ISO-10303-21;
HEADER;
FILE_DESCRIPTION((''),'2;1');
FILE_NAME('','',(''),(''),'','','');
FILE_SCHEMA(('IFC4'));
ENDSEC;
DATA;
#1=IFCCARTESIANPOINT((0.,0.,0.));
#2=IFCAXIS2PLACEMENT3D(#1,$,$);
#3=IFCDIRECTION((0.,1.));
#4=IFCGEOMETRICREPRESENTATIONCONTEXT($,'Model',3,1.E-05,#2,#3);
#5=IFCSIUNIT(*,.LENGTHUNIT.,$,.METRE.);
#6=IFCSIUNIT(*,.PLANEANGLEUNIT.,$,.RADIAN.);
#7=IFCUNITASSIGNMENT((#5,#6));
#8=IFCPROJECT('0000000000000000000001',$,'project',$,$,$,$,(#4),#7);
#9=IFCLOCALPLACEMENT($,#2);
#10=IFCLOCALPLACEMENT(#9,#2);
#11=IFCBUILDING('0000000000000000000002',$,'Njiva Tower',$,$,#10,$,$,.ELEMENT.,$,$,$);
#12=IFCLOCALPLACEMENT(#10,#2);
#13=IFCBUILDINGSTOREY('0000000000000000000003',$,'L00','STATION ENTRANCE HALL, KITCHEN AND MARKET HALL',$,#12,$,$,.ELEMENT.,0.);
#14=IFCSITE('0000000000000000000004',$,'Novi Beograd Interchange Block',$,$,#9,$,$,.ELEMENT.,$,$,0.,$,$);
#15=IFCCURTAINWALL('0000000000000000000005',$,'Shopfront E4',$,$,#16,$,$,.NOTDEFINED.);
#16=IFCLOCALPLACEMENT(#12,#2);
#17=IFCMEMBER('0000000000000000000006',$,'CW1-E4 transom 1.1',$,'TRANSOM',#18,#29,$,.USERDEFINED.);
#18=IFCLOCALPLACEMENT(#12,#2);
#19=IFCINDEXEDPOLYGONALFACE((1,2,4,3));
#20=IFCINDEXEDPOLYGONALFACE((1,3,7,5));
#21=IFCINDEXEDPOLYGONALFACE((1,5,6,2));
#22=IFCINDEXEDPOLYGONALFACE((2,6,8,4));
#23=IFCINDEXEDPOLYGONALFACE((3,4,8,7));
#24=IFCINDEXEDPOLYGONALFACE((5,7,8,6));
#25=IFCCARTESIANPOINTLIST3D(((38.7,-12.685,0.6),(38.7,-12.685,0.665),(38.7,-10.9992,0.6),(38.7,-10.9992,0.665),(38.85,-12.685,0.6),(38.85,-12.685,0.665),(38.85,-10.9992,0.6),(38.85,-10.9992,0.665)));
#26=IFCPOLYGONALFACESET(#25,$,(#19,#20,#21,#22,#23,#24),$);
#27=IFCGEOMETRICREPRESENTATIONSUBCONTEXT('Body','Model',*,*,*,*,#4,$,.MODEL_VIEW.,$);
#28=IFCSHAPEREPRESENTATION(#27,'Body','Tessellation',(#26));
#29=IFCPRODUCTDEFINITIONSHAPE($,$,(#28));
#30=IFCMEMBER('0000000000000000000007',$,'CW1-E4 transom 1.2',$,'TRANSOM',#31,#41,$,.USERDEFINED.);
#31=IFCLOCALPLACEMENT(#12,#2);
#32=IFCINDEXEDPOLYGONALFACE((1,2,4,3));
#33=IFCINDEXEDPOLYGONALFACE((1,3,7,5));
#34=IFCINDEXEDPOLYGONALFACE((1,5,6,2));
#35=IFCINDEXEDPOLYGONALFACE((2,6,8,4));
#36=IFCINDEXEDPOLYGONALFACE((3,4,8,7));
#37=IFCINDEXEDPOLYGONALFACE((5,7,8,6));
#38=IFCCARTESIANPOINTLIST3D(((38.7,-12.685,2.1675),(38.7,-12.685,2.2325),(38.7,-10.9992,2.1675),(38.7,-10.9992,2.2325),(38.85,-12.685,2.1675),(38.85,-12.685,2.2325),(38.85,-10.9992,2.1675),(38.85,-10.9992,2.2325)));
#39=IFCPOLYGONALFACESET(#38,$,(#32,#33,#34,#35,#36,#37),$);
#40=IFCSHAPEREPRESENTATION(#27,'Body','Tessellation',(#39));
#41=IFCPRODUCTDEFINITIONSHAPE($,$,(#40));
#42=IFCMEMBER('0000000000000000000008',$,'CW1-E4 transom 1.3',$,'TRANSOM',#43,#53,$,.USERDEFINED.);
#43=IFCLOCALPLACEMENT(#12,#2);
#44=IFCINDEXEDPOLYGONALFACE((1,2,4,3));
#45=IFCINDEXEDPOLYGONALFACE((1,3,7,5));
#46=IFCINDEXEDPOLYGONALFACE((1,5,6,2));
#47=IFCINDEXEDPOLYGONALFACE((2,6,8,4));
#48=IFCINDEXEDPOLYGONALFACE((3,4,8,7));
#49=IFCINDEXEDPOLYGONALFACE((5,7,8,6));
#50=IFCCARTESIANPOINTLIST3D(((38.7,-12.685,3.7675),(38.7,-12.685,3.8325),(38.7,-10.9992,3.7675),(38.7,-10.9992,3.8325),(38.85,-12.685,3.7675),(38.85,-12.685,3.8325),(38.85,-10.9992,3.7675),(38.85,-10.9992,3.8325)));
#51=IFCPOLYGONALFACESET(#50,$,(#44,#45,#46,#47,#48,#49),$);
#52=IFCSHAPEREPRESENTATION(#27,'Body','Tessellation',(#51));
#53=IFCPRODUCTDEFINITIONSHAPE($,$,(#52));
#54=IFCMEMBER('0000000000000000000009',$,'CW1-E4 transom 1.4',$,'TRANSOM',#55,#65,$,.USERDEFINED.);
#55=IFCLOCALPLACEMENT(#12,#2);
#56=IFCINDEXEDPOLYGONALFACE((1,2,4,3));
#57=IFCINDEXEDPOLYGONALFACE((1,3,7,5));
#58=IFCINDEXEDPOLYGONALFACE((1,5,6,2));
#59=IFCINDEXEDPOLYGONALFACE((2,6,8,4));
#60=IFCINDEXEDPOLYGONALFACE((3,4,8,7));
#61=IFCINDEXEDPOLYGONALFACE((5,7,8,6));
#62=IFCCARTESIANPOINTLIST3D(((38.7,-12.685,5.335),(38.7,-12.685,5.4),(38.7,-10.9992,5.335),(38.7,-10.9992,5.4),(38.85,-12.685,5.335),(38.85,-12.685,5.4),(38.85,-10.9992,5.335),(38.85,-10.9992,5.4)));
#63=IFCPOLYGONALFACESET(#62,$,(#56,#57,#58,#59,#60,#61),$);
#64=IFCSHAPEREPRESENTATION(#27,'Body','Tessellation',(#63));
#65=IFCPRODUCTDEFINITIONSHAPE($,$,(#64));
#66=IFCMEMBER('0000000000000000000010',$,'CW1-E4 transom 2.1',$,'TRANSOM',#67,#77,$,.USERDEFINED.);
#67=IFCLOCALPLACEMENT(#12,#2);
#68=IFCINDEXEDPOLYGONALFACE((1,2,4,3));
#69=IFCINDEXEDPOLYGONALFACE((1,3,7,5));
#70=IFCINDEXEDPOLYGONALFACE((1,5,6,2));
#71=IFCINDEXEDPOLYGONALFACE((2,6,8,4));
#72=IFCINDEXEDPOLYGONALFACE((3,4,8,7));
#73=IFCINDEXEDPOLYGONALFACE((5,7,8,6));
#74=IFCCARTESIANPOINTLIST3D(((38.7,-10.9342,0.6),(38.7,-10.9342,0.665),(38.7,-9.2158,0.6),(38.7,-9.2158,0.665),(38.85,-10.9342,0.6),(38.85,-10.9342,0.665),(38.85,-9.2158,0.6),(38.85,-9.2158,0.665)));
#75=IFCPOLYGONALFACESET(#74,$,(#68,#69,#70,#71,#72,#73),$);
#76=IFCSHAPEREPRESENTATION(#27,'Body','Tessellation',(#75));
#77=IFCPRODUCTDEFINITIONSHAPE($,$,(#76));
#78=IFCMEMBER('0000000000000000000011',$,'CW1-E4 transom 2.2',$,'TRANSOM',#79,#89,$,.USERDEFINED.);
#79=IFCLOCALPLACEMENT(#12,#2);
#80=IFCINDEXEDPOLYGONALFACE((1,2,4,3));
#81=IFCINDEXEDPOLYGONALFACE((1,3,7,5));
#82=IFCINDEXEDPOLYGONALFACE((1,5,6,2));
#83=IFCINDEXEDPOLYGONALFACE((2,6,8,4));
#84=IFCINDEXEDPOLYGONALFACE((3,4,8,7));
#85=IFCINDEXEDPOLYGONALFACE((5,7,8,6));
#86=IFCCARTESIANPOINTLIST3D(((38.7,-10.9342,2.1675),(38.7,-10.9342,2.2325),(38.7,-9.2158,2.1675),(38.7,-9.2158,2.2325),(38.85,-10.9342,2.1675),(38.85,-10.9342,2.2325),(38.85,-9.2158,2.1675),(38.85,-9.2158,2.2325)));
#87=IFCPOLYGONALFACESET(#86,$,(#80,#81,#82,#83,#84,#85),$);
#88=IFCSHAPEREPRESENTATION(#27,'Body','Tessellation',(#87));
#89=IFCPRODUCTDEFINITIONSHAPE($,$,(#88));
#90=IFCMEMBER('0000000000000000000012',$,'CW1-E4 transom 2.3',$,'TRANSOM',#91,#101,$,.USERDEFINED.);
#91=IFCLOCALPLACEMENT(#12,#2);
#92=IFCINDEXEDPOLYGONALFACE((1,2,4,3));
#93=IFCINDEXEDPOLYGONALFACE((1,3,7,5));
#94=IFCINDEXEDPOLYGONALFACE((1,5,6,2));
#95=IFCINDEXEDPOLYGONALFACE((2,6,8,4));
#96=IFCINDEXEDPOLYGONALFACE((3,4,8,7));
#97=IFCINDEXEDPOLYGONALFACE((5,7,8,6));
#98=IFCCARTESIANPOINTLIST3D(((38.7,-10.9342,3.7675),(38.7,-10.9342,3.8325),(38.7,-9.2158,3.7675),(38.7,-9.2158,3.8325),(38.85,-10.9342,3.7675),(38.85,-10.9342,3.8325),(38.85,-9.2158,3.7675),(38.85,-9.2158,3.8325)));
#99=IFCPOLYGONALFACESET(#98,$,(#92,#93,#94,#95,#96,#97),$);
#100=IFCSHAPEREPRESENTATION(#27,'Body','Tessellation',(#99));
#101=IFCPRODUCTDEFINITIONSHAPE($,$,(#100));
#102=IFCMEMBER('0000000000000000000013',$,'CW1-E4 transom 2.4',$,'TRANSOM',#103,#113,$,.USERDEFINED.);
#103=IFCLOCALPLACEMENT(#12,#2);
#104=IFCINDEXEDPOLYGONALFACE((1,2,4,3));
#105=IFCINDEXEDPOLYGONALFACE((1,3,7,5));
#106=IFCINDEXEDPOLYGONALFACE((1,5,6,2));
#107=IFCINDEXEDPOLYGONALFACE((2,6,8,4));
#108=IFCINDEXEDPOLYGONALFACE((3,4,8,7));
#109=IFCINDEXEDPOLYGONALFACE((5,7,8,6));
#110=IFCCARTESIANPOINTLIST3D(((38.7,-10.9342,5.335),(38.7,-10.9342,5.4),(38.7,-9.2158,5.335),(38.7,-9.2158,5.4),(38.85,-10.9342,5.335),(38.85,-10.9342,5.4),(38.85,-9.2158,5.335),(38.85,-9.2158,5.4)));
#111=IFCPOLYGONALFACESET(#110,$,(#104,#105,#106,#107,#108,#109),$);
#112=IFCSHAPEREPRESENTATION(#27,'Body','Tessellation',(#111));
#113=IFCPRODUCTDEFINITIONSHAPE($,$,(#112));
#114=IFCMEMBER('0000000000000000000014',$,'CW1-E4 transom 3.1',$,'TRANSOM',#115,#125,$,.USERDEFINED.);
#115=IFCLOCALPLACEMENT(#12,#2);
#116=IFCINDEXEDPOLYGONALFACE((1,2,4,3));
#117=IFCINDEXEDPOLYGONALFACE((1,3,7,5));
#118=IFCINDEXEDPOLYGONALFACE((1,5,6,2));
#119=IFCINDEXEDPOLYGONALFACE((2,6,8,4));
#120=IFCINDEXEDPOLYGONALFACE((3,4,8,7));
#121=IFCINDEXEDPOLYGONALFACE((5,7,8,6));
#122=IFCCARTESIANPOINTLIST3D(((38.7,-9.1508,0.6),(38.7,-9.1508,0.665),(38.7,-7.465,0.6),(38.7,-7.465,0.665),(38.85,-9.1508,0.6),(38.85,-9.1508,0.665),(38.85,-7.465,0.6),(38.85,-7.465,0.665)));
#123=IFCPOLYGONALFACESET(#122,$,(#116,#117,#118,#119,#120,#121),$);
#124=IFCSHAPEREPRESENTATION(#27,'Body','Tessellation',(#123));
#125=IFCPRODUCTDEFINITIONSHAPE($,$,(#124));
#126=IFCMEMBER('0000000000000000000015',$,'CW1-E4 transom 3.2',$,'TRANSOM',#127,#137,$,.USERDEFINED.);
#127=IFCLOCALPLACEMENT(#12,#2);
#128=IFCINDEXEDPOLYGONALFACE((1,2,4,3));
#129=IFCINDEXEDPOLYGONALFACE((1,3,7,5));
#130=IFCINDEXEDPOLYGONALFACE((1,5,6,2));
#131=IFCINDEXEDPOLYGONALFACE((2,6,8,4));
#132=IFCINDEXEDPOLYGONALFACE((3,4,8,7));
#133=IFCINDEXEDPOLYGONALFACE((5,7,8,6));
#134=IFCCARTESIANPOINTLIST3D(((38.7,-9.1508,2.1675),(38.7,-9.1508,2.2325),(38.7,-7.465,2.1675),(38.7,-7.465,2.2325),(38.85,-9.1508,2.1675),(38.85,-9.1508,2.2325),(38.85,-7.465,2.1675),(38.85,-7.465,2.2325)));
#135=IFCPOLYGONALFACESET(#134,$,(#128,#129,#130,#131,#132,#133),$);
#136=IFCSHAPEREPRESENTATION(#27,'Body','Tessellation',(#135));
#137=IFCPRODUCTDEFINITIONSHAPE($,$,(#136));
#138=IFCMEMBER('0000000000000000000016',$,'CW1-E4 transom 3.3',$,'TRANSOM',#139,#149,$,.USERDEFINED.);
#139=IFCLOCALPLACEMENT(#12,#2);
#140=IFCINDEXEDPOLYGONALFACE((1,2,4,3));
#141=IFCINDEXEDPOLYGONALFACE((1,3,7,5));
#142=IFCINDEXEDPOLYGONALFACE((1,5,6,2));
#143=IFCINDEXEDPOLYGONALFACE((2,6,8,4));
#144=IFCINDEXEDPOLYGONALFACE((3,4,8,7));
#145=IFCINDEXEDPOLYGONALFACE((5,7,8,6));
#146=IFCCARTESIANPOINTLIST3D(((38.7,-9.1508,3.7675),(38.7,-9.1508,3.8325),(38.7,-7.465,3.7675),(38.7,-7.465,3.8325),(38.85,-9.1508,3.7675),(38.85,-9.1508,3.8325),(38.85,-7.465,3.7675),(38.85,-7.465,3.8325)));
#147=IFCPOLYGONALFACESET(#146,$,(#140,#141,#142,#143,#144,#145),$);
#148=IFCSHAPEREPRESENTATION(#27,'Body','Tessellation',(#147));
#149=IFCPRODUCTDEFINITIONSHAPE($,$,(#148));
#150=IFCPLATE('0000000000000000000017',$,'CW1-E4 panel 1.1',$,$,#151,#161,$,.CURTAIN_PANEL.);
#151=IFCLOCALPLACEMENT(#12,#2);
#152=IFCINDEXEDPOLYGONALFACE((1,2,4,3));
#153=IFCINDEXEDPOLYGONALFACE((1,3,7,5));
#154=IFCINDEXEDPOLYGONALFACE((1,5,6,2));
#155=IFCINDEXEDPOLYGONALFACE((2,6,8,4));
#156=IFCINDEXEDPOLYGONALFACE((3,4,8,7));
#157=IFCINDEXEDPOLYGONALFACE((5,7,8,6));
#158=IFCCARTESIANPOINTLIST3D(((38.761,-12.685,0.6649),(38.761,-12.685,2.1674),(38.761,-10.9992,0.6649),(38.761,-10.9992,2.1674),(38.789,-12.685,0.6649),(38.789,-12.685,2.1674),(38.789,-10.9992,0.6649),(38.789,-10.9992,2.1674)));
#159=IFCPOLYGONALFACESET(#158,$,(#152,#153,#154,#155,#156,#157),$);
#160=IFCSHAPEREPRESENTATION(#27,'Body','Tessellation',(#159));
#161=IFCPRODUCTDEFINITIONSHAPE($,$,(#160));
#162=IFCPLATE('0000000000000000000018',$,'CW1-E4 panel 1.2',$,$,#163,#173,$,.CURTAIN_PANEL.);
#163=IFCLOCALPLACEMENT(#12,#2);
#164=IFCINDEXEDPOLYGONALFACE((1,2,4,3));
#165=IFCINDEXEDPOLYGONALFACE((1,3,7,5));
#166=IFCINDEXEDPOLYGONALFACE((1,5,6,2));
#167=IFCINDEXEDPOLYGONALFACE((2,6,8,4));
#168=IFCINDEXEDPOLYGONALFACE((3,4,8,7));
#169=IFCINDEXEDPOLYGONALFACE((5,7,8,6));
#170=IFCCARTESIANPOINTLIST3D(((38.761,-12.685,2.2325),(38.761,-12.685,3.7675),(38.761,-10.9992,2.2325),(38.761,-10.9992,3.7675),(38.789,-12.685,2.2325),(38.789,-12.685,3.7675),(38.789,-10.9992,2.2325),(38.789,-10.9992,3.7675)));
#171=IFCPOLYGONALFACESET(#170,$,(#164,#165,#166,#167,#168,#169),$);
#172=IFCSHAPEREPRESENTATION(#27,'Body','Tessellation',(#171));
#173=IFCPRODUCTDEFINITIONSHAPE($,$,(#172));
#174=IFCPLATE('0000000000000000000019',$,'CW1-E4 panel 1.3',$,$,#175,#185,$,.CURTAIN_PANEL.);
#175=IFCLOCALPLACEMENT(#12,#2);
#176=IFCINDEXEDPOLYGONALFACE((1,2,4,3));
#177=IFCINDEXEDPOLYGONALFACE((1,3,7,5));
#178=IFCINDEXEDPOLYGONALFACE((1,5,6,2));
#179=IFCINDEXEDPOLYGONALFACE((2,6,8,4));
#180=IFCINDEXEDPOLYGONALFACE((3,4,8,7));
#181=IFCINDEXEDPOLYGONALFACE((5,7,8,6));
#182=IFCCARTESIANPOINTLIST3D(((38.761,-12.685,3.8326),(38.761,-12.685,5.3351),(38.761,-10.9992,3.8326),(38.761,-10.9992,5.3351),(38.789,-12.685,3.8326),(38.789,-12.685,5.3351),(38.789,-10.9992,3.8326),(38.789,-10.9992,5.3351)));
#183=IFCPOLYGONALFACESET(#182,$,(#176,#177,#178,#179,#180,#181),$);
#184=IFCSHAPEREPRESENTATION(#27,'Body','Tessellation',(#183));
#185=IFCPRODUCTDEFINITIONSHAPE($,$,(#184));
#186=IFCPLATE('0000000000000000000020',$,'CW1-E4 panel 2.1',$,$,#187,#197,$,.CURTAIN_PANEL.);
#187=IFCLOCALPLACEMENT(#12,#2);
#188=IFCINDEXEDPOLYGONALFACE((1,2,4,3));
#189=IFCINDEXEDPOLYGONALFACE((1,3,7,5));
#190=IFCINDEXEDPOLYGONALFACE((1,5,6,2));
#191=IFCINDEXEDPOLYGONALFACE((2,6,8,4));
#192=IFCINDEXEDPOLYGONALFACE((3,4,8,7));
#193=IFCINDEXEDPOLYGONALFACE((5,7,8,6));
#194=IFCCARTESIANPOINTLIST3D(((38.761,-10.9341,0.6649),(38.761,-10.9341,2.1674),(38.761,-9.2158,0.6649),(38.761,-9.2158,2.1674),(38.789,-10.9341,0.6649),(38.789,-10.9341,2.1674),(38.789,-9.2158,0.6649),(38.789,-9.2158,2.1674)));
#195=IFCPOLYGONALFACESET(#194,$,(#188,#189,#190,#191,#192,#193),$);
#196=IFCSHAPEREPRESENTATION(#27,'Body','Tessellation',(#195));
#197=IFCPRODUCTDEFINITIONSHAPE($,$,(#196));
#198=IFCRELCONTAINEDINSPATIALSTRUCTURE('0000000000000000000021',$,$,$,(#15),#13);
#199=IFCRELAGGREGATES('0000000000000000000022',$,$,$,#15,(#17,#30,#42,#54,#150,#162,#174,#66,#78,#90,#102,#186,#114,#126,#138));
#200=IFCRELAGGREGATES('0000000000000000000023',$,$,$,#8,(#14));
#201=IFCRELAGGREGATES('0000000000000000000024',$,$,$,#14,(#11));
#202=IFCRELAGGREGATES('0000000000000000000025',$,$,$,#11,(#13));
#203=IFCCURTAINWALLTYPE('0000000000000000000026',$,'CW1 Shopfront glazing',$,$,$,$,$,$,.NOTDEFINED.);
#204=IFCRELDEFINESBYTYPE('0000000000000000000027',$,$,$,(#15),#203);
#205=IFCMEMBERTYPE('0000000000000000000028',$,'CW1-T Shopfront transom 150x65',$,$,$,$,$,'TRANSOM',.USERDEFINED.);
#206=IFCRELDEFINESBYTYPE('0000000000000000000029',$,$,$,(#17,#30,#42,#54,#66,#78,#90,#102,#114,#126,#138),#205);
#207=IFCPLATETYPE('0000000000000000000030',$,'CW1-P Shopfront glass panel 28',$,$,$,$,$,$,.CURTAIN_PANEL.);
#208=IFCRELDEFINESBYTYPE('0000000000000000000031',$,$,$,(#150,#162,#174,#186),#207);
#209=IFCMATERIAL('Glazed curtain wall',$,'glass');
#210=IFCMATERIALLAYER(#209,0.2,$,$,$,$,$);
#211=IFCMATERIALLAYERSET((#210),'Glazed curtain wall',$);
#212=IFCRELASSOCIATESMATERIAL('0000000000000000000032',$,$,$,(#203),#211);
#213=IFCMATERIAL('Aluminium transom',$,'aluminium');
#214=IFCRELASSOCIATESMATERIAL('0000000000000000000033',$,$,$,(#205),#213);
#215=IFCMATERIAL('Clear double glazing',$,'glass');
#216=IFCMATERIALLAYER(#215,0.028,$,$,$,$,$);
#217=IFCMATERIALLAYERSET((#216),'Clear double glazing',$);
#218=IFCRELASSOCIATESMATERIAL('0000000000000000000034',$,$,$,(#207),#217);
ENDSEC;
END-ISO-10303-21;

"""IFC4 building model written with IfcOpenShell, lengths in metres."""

from ifc_helpers import new_model, si_unit, direction, frame, origin, origin_2d, place, context, subcontext, project, spatial, rectangle, extrude, material, layer, layer_set, material_profile, profile_set, type_object, element, aggregate, save


model = new_model("IFC4")

# Units and contexts
model_context = context("Model", 3, precision=1e-05, world=origin(), true_north=direction((0.0, 1.0)))
body_context = subcontext(model_context, "Body", "Model", "MODEL_VIEW")
ifc_project = project(units=[si_unit("LENGTHUNIT", "METRE"), si_unit("PLANEANGLEUNIT", "RADIAN")], contexts=[model_context])

# Site, building, storey
site_placement = place(None, origin())
site = spatial("IfcSite", under=ifc_project, at=site_placement, Name="Novi Beograd Interchange Block", CompositionType="ELEMENT", RefElevation=0.0)
building_placement = place(site_placement, origin())
building = spatial("IfcBuilding", under=site, at=building_placement, Name="Njiva Tower", CompositionType="ELEMENT")
storey_placement = place(building_placement, origin())
storey = spatial("IfcBuildingStorey", under=building, at=storey_placement, Name="L00", Description="STATION ENTRANCE HALL, KITCHEN AND MARKET HALL", CompositionType="ELEMENT", Elevation=0.0)

# Shared definitions
ifc_material_1 = material(Name="Glazed curtain wall", Category="glass")
ifc_layer_1 = layer(ifc_material_1, 0.2)
ifc_layer_set_1 = layer_set([ifc_layer_1], Name="Glazed curtain wall")
curtain_wall_type = type_object("IfcCurtainWallType", Name="CW1 Shopfront glazing", PredefinedType="NOTDEFINED", material=ifc_layer_set_1)

# Curtain wall, members, plates
curtain_wall_1_placement = place(storey_placement, origin())
curtain_wall_1 = element("IfcCurtainWall", 1, at=curtain_wall_1_placement, inside=storey, type_object=curtain_wall_type, Name="Shopfront E4", PredefinedType="NOTDEFINED")
ifc_material_2 = material(Name="Aluminium transom", Category="aluminium")
ifc_material_profile_1 = material_profile(ifc_material_2, rectangle(XDim=0.15, YDim=0.065, at=origin_2d()), Name="RECT 150x65")
ifc_profile_set_1 = profile_set([ifc_material_profile_1], Name="Aluminium transom")
member_type_1 = type_object("IfcMemberType", Name="CW1-T Shopfront transom 150x65", ElementType="TRANSOM", PredefinedType="USERDEFINED", material=ifc_profile_set_1)
member_1_placement = place(storey_placement, frame((38.775, -12.685, 0.6325), z_axis=(0.0, 1.0, 0.0), x_axis=(-1.0, 0.0, 0.0)))
member_1 = element("IfcMember", 2, at=member_1_placement, type_object=member_type_1, Name="CW1-E4 transom 1.1", ObjectType="TRANSOM", PredefinedType="USERDEFINED", context=body_context, shape_type="SweptSolid", body=[
    extrude(rectangle(XDim=0.15, YDim=0.065, at=origin_2d()), origin(), (0.0, 0.0, 1.0), 1.6858),
])
member_2_placement = place(storey_placement, frame((38.775, -12.685, 2.2), z_axis=(0.0, 1.0, 0.0), x_axis=(-1.0, 0.0, 0.0)))
member_2 = element("IfcMember", 3, at=member_2_placement, type_object=member_type_1, Name="CW1-E4 transom 1.2", ObjectType="TRANSOM", PredefinedType="USERDEFINED", context=body_context, shape_type="SweptSolid", body=[
    extrude(rectangle(XDim=0.15, YDim=0.065, at=origin_2d()), origin(), (0.0, 0.0, 1.0), 1.6858),
])
member_3_placement = place(storey_placement, frame((38.775, -12.685, 3.8), z_axis=(0.0, 1.0, 0.0), x_axis=(-1.0, 0.0, 0.0)))
member_3 = element("IfcMember", 4, at=member_3_placement, type_object=member_type_1, Name="CW1-E4 transom 1.3", ObjectType="TRANSOM", PredefinedType="USERDEFINED", context=body_context, shape_type="SweptSolid", body=[
    extrude(rectangle(XDim=0.15, YDim=0.065, at=origin_2d()), origin(), (0.0, 0.0, 1.0), 1.6858),
])
member_4_placement = place(storey_placement, frame((38.775, -12.685, 5.3675), z_axis=(0.0, 1.0, 0.0), x_axis=(-1.0, 0.0, 0.0)))
member_4 = element("IfcMember", 5, at=member_4_placement, type_object=member_type_1, Name="CW1-E4 transom 1.4", ObjectType="TRANSOM", PredefinedType="USERDEFINED", context=body_context, shape_type="SweptSolid", body=[
    extrude(rectangle(XDim=0.15, YDim=0.065, at=origin_2d()), origin(), (0.0, 0.0, 1.0), 1.6858),
])
member_5_placement = place(storey_placement, frame((38.775, -10.9342, 0.6325), z_axis=(0.0, 1.0, 0.0), x_axis=(-1.0, 0.0, 0.0)))
member_5 = element("IfcMember", 6, at=member_5_placement, type_object=member_type_1, Name="CW1-E4 transom 2.1", ObjectType="TRANSOM", PredefinedType="USERDEFINED", context=body_context, shape_type="SweptSolid", body=[
    extrude(rectangle(XDim=0.15, YDim=0.065, at=origin_2d()), origin(), (0.0, 0.0, 1.0), 1.7184),
])
member_6_placement = place(storey_placement, frame((38.775, -10.9342, 2.2), z_axis=(0.0, 1.0, 0.0), x_axis=(-1.0, 0.0, 0.0)))
member_6 = element("IfcMember", 7, at=member_6_placement, type_object=member_type_1, Name="CW1-E4 transom 2.2", ObjectType="TRANSOM", PredefinedType="USERDEFINED", context=body_context, shape_type="SweptSolid", body=[
    extrude(rectangle(XDim=0.15, YDim=0.065, at=origin_2d()), origin(), (0.0, 0.0, 1.0), 1.7184),
])
member_7_placement = place(storey_placement, frame((38.775, -10.9342, 3.8), z_axis=(0.0, 1.0, 0.0), x_axis=(-1.0, 0.0, 0.0)))
member_7 = element("IfcMember", 8, at=member_7_placement, type_object=member_type_1, Name="CW1-E4 transom 2.3", ObjectType="TRANSOM", PredefinedType="USERDEFINED", context=body_context, shape_type="SweptSolid", body=[
    extrude(rectangle(XDim=0.15, YDim=0.065, at=origin_2d()), origin(), (0.0, 0.0, 1.0), 1.7184),
])
member_8_placement = place(storey_placement, frame((38.775, -10.9342, 5.3675), z_axis=(0.0, 1.0, 0.0), x_axis=(-1.0, 0.0, 0.0)))
member_8 = element("IfcMember", 9, at=member_8_placement, type_object=member_type_1, Name="CW1-E4 transom 2.4", ObjectType="TRANSOM", PredefinedType="USERDEFINED", context=body_context, shape_type="SweptSolid", body=[
    extrude(rectangle(XDim=0.15, YDim=0.065, at=origin_2d()), origin(), (0.0, 0.0, 1.0), 1.7184),
])
member_9_placement = place(storey_placement, frame((38.775, -9.1508, 0.6325), z_axis=(0.0, 1.0, 0.0), x_axis=(-1.0, 0.0, 0.0)))
member_9 = element("IfcMember", 10, at=member_9_placement, type_object=member_type_1, Name="CW1-E4 transom 3.1", ObjectType="TRANSOM", PredefinedType="USERDEFINED", context=body_context, shape_type="SweptSolid", body=[
    extrude(rectangle(XDim=0.15, YDim=0.065, at=origin_2d()), origin(), (0.0, 0.0, 1.0), 1.6858),
])
member_10_placement = place(storey_placement, frame((38.775, -9.1508, 2.2), z_axis=(0.0, 1.0, 0.0), x_axis=(-1.0, 0.0, 0.0)))
member_10 = element("IfcMember", 11, at=member_10_placement, type_object=member_type_1, Name="CW1-E4 transom 3.2", ObjectType="TRANSOM", PredefinedType="USERDEFINED", context=body_context, shape_type="SweptSolid", body=[
    extrude(rectangle(XDim=0.15, YDim=0.065, at=origin_2d()), origin(), (0.0, 0.0, 1.0), 1.6858),
])
member_11_placement = place(storey_placement, frame((38.775, -9.1508, 3.8), z_axis=(0.0, 1.0, 0.0), x_axis=(-1.0, 0.0, 0.0)))
member_11 = element("IfcMember", 12, at=member_11_placement, type_object=member_type_1, Name="CW1-E4 transom 3.3", ObjectType="TRANSOM", PredefinedType="USERDEFINED", context=body_context, shape_type="SweptSolid", body=[
    extrude(rectangle(XDim=0.15, YDim=0.065, at=origin_2d()), origin(), (0.0, 0.0, 1.0), 1.6858),
])
ifc_material_3 = material(Name="Clear double glazing", Category="glass")
ifc_layer_2 = layer(ifc_material_3, 0.028)
ifc_layer_set_2 = layer_set([ifc_layer_2], Name="Clear double glazing")
plate_type = type_object("IfcPlateType", Name="CW1-P Shopfront glass panel 28", PredefinedType="CURTAIN_PANEL", material=ifc_layer_set_2)
plate_1_placement = place(storey_placement, frame((38.775, -11.8421, 0.6649), z_axis=(0.0, 0.0, 1.0), x_axis=(0.0, 1.0, 0.0)))
plate_1 = element("IfcPlate", 13, at=plate_1_placement, type_object=plate_type, Name="CW1-E4 panel 1.1", PredefinedType="CURTAIN_PANEL", context=body_context, shape_type="SweptSolid", body=[
    extrude(rectangle(XDim=1.6858, YDim=0.028, at=origin_2d()), origin(), (0.0, 0.0, 1.0), 1.5025),
])
plate_2_placement = place(storey_placement, frame((38.775, -11.8421, 2.2325), z_axis=(0.0, 0.0, 1.0), x_axis=(0.0, 1.0, 0.0)))
plate_2 = element("IfcPlate", 14, at=plate_2_placement, type_object=plate_type, Name="CW1-E4 panel 1.2", PredefinedType="CURTAIN_PANEL", context=body_context, shape_type="SweptSolid", body=[
    extrude(rectangle(XDim=1.6858, YDim=0.028, at=origin_2d()), origin(), (0.0, 0.0, 1.0), 1.535),
])
plate_3_placement = place(storey_placement, frame((38.775, -11.8421, 3.8326), z_axis=(0.0, 0.0, 1.0), x_axis=(0.0, 1.0, 0.0)))
plate_3 = element("IfcPlate", 15, at=plate_3_placement, type_object=plate_type, Name="CW1-E4 panel 1.3", PredefinedType="CURTAIN_PANEL", context=body_context, shape_type="SweptSolid", body=[
    extrude(rectangle(XDim=1.6858, YDim=0.028, at=origin_2d()), origin(), (0.0, 0.0, 1.0), 1.5025),
])
plate_4_placement = place(storey_placement, frame((38.775, -10.075, 0.6649), z_axis=(0.0, 0.0, 1.0), x_axis=(0.0, 1.0, 0.0)))
plate_4 = element("IfcPlate", 16, at=plate_4_placement, type_object=plate_type, Name="CW1-E4 panel 2.1", PredefinedType="CURTAIN_PANEL", context=body_context, shape_type="SweptSolid", body=[
    extrude(rectangle(XDim=1.7183, YDim=0.028, at=origin_2d()), origin(), (0.0, 0.0, 1.0), 1.5025),
])
aggregate(curtain_wall_1, [member_1, member_2, member_3, member_4, plate_1, plate_2, plate_3, member_5, member_6, member_7, member_8, plate_4, member_9, member_10, member_11])

save(model, "model.ifc")
